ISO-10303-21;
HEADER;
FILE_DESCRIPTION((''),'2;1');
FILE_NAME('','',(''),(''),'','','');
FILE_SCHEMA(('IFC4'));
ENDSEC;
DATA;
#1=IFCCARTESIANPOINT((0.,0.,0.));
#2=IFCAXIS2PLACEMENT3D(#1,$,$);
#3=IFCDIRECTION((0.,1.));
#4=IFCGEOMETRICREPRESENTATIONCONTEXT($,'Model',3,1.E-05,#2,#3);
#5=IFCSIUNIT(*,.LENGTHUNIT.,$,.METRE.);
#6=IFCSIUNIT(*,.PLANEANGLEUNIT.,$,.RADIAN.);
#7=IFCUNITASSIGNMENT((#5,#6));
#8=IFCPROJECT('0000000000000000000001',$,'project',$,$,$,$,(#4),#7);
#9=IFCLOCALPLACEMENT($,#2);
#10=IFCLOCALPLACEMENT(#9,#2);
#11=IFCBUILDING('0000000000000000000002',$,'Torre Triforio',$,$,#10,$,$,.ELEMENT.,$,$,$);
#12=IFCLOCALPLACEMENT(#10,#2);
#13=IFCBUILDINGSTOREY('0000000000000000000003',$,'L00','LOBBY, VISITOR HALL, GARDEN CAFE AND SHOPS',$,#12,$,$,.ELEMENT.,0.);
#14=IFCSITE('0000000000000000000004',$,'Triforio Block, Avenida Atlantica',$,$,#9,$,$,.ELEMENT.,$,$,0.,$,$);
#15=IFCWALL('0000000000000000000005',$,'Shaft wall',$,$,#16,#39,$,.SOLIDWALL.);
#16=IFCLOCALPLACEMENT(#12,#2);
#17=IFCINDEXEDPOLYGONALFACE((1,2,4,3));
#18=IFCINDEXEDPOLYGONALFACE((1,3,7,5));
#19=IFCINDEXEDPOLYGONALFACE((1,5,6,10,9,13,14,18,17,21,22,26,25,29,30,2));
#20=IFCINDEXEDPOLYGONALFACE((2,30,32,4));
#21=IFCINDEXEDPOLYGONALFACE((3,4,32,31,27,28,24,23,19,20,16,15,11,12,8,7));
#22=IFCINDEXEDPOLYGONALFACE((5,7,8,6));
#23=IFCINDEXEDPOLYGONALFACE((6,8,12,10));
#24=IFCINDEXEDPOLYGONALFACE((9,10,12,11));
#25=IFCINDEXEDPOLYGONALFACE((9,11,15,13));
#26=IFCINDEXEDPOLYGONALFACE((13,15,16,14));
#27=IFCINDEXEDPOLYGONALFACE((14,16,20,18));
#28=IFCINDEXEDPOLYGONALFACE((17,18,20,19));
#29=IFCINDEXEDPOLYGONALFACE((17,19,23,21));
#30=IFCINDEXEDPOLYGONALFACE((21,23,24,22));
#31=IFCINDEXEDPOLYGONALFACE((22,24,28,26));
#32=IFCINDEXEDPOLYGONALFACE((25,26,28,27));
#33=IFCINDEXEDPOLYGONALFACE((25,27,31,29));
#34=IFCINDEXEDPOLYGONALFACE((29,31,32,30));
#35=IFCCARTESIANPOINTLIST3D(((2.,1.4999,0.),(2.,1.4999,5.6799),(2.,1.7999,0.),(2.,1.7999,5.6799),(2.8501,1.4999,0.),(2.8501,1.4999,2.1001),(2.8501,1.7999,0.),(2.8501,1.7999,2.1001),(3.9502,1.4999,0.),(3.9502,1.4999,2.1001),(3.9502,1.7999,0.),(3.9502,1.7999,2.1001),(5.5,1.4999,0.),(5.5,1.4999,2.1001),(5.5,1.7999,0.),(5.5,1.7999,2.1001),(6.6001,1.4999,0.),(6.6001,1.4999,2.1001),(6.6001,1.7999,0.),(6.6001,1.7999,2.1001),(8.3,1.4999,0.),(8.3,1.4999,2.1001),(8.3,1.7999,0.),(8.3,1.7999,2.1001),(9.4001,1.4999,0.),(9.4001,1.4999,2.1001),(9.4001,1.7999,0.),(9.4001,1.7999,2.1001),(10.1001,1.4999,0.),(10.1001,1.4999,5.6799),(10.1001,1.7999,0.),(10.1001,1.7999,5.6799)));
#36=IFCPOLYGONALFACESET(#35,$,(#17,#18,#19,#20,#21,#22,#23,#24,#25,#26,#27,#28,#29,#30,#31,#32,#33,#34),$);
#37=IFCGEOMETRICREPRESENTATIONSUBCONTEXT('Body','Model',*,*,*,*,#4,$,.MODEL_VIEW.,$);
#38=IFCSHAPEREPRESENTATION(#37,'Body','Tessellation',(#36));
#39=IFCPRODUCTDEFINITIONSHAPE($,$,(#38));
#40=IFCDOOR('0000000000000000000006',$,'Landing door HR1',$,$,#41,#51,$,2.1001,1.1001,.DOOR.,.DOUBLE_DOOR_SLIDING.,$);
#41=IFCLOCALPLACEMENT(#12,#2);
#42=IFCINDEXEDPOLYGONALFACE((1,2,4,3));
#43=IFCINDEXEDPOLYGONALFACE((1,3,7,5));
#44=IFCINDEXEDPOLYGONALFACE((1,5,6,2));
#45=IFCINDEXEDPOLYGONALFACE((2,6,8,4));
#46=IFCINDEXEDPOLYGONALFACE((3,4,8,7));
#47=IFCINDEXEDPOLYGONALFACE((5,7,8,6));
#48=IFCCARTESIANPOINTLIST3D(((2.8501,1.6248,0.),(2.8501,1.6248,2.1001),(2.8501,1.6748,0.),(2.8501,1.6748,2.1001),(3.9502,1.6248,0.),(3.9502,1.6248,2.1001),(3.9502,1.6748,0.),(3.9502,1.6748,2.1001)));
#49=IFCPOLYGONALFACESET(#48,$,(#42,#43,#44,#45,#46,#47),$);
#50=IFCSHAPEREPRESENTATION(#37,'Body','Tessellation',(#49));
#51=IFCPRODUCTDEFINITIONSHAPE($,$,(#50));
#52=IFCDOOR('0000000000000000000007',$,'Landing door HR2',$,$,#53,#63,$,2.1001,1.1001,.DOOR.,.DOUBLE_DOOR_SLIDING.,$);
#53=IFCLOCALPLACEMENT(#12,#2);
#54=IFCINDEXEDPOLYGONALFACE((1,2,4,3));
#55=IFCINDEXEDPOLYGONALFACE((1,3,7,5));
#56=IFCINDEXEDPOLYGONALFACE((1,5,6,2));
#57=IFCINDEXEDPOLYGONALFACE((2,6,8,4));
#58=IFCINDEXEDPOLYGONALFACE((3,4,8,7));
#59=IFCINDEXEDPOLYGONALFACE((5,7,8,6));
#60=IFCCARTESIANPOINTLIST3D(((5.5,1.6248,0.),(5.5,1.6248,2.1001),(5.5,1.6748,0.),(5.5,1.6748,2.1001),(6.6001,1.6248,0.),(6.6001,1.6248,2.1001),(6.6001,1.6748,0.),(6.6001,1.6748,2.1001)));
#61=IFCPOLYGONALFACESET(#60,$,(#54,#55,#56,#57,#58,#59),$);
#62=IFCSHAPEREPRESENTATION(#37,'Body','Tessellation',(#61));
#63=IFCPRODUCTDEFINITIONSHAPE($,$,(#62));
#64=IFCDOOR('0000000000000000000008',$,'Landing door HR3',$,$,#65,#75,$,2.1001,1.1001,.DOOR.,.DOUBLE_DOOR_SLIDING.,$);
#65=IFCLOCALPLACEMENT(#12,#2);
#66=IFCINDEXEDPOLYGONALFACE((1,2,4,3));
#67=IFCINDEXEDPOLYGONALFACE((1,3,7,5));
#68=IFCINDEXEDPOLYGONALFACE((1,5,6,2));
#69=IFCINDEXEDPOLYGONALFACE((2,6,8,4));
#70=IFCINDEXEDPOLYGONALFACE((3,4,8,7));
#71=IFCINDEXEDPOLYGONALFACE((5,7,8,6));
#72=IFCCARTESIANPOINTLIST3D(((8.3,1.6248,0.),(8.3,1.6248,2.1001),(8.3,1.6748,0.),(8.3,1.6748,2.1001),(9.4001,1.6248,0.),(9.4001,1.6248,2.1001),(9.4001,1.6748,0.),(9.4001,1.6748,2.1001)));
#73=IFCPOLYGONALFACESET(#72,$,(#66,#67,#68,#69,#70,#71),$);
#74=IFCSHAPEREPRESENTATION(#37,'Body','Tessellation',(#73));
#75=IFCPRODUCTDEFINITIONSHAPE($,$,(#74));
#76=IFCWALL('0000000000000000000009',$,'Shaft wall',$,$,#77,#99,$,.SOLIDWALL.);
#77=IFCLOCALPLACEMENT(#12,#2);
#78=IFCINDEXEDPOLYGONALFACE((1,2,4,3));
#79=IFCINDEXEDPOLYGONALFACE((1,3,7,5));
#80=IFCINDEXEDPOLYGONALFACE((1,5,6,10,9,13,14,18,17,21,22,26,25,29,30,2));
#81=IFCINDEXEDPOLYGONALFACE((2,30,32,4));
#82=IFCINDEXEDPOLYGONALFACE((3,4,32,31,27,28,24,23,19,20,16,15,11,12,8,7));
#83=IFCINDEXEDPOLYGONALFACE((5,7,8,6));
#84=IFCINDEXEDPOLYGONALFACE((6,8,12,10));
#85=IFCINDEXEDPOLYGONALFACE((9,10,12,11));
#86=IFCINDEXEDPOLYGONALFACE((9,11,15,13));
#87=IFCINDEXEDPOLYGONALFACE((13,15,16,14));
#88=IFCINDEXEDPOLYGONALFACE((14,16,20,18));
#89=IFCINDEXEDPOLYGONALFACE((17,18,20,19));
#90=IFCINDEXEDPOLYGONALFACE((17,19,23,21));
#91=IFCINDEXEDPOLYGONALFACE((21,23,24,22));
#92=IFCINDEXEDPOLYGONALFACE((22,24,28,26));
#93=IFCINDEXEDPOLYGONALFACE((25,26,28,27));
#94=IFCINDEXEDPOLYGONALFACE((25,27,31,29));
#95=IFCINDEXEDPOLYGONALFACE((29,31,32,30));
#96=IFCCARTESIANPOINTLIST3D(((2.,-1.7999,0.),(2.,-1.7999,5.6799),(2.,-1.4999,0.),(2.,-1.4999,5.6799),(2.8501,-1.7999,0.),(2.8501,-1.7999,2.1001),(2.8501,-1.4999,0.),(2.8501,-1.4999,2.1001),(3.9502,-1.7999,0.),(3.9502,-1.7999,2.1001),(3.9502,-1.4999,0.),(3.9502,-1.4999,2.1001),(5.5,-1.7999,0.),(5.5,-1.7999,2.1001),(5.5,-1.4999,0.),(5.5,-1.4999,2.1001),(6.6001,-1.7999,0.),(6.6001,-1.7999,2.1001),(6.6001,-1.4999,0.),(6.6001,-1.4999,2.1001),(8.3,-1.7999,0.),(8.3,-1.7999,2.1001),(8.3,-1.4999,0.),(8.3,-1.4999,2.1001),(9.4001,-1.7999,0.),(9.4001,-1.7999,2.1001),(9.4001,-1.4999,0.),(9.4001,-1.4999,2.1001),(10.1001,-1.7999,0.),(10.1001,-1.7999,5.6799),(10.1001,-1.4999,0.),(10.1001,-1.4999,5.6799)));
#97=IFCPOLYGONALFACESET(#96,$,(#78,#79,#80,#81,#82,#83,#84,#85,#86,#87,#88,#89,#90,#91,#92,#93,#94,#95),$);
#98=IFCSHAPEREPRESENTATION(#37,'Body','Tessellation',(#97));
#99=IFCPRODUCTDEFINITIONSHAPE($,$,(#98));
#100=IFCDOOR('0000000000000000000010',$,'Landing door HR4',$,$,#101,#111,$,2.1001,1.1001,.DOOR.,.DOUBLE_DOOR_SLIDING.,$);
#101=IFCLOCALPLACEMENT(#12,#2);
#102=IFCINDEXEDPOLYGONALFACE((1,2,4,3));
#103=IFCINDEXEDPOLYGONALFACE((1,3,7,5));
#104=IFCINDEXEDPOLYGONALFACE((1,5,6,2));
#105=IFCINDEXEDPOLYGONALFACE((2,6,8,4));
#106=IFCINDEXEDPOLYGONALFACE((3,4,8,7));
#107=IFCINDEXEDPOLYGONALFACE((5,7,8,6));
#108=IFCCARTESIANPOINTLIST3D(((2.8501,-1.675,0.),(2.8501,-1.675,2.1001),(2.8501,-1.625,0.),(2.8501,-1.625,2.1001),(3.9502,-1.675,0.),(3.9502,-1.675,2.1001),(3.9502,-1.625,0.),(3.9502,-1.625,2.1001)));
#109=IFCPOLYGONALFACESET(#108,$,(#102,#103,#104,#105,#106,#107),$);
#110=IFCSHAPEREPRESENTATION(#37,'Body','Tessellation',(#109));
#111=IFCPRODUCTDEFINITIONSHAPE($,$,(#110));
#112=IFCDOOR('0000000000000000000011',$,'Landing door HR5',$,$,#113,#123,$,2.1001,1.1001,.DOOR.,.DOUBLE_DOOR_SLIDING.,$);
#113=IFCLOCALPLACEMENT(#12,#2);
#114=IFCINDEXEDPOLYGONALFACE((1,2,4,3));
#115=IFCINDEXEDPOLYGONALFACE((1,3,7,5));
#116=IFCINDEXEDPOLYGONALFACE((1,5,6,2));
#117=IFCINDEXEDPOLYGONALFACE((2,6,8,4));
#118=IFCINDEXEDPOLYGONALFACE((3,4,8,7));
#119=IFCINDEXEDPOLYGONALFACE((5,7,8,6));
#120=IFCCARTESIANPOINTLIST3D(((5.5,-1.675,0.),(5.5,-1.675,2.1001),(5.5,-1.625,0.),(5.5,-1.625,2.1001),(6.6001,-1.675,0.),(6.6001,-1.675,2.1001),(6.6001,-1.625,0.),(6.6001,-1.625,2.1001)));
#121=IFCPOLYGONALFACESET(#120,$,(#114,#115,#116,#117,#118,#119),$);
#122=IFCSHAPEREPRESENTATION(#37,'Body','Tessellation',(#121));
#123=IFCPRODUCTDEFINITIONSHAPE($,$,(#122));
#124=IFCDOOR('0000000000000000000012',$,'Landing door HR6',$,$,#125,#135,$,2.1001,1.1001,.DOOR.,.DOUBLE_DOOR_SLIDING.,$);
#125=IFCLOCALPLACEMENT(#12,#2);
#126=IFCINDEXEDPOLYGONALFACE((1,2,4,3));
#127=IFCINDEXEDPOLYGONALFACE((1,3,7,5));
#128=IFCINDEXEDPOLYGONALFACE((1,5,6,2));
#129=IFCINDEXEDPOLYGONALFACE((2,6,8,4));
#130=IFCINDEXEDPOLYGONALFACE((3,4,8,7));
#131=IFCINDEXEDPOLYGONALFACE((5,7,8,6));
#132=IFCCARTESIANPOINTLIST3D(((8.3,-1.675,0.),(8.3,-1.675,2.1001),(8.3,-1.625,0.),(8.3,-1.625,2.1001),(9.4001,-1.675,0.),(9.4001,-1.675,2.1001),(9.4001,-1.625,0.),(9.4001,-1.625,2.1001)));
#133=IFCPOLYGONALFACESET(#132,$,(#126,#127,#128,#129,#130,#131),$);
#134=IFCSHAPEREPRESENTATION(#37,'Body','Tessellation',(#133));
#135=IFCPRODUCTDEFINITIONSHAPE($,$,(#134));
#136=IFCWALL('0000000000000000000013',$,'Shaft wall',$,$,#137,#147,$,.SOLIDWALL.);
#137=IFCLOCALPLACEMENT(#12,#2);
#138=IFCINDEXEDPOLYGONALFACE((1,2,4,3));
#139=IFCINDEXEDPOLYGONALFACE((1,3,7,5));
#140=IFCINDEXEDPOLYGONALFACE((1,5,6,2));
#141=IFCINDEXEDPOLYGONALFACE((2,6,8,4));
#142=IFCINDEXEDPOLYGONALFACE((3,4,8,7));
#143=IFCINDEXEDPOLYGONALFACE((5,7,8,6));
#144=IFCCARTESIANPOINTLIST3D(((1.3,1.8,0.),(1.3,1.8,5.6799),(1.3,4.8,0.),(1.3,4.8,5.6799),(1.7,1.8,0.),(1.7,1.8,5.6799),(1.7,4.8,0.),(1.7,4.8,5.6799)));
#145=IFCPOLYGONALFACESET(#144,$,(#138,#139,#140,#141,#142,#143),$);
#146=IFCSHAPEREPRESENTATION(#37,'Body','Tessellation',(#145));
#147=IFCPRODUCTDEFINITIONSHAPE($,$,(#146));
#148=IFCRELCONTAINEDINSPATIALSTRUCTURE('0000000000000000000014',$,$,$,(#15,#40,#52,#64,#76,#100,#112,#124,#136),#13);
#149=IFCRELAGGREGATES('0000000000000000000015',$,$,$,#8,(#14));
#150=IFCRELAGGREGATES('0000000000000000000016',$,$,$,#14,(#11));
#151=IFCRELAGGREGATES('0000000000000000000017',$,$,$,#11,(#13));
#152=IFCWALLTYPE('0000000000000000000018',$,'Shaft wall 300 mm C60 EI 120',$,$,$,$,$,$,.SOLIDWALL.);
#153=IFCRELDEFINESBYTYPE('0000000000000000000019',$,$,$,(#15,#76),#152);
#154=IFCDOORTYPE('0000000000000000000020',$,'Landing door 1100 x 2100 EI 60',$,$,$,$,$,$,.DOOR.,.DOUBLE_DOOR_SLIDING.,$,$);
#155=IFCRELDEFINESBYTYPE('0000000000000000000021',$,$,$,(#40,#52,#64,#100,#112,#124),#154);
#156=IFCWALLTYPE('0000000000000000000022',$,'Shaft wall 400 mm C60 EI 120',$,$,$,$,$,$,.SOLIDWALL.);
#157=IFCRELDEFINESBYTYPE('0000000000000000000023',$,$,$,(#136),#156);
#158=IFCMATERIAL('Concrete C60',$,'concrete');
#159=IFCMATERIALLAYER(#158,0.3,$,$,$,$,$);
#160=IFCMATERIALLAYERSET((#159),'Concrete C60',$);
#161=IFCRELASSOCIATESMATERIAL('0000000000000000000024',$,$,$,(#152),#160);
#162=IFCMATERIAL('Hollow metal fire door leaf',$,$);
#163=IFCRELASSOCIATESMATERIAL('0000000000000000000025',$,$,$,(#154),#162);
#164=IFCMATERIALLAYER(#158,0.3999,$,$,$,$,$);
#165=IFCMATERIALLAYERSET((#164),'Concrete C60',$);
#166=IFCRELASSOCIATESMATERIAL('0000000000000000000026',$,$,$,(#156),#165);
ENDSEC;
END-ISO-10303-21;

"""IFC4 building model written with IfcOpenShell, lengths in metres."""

from ifc_helpers import new_model, si_unit, direction, frame, frame_2d, origin, place, context, subcontext, project, spatial, rectangle, extrude, material, layer, layer_set, type_object, element, fill, save


model = new_model("IFC4")

# Units and contexts
model_context = context("Model", 3, precision=1e-05, world=origin(), true_north=direction((0.0, 1.0)))
body_context = subcontext(model_context, "Body", "Model", "MODEL_VIEW")
ifc_project = project(units=[si_unit("LENGTHUNIT", "METRE"), si_unit("PLANEANGLEUNIT", "RADIAN")], contexts=[model_context])

# Site, building, storey
site_placement = place(None, origin())
site = spatial("IfcSite", under=ifc_project, at=site_placement, Name="Triforio Block, Avenida Atlantica", CompositionType="ELEMENT", RefElevation=0.0)
building_placement = place(site_placement, origin())
building = spatial("IfcBuilding", under=site, at=building_placement, Name="Torre Triforio", CompositionType="ELEMENT")
storey_placement = place(building_placement, origin())
storey = spatial("IfcBuildingStorey", under=building, at=storey_placement, Name="L00", Description="LOBBY, VISITOR HALL, GARDEN CAFE AND SHOPS", CompositionType="ELEMENT", Elevation=0.0)

# Shared definitions
ifc_material_1 = material(Name="Concrete C60", Category="concrete")

# Walls, openings, doors
ifc_layer_1 = layer(ifc_material_1, 0.3)
ifc_layer_set_1 = layer_set([ifc_layer_1], Name="Concrete C60")
wall_type_1 = type_object("IfcWallType", Name="Shaft wall 300 mm C60 EI 120", PredefinedType="SOLIDWALL", material=ifc_layer_set_1)
wall_1_placement = place(storey_placement, frame((2.0, 1.6499, 0.0), z_axis=(0.0, 0.0, 1.0), x_axis=(1.0, 0.0, 0.0)))
wall_1 = element("IfcWall", 1, at=wall_1_placement, inside=storey, type_object=wall_type_1, Name="Shaft wall", PredefinedType="SOLIDWALL", context=body_context, shape_type="SweptSolid", body=[
    extrude(rectangle(XDim=8.1001, YDim=0.3, at=frame_2d((4.05, 0.0))), origin(), (0.0, 0.0, 1.0), 5.6799),
])
opening_1_placement = place(wall_1_placement, frame((0.8501, 0.0, 0.0)))
opening_1 = element("IfcOpeningElement", 2, at=opening_1_placement, cuts=wall_1, PredefinedType="OPENING", context=body_context, shape_type="SweptSolid", body=[
    extrude(rectangle(XDim=1.1001, YDim=2.1001, at=frame_2d((0.55, 1.05))), frame((0.0, 0.1599, 0.0), z_axis=(0.0, -1.0, 0.0), x_axis=(1.0, 0.0, 0.0)), (0.0, 0.0, 1.0), 0.3201),
])
opening_2_placement = place(wall_1_placement, frame((3.5, 0.0, 0.0)))
opening_2 = element("IfcOpeningElement", 3, at=opening_2_placement, cuts=wall_1, PredefinedType="OPENING", context=body_context, shape_type="SweptSolid", body=[
    extrude(rectangle(XDim=1.1001, YDim=2.1001, at=frame_2d((0.55, 1.05))), frame((0.0, 0.1599, 0.0), z_axis=(0.0, -1.0, 0.0), x_axis=(1.0, 0.0, 0.0)), (0.0, 0.0, 1.0), 0.3201),
])
opening_3_placement = place(wall_1_placement, frame((6.3, 0.0, 0.0)))
opening_3 = element("IfcOpeningElement", 4, at=opening_3_placement, cuts=wall_1, PredefinedType="OPENING", context=body_context, shape_type="SweptSolid", body=[
    extrude(rectangle(XDim=1.1001, YDim=2.1001, at=frame_2d((0.55, 1.05))), frame((0.0, 0.1599, 0.0), z_axis=(0.0, -1.0, 0.0), x_axis=(1.0, 0.0, 0.0)), (0.0, 0.0, 1.0), 0.3201),
])
ifc_material_2 = material(Name="Hollow metal fire door leaf")
door_type = type_object("IfcDoorType", Name="Landing door 1100 x 2100 EI 60", OperationType="DOUBLE_DOOR_SLIDING", PredefinedType="DOOR", material=ifc_material_2)
door_1_placement = place(opening_1_placement, origin())
door_1 = element("IfcDoor", 5, at=door_1_placement, inside=storey, type_object=door_type, Name="Landing door HR1", OperationType="DOUBLE_DOOR_SLIDING", OverallHeight=2.1001, OverallWidth=1.1001, PredefinedType="DOOR", context=body_context, shape_type="SweptSolid", body=[
    extrude(rectangle(XDim=1.1001, YDim=2.1001, at=frame_2d((0.55, 1.05))), frame((0.0, 0.0249, 0.0), z_axis=(0.0, -1.0, 0.0), x_axis=(1.0, 0.0, 0.0)), (0.0, 0.0, 1.0), 0.05),
])
fill(opening_1, door_1)
door_2_placement = place(opening_2_placement, origin())
door_2 = element("IfcDoor", 6, at=door_2_placement, inside=storey, type_object=door_type, Name="Landing door HR2", OperationType="DOUBLE_DOOR_SLIDING", OverallHeight=2.1001, OverallWidth=1.1001, PredefinedType="DOOR", context=body_context, shape_type="SweptSolid", body=[
    extrude(rectangle(XDim=1.1001, YDim=2.1001, at=frame_2d((0.55, 1.05))), frame((0.0, 0.0249, 0.0), z_axis=(0.0, -1.0, 0.0), x_axis=(1.0, 0.0, 0.0)), (0.0, 0.0, 1.0), 0.05),
])
fill(opening_2, door_2)
door_3_placement = place(opening_3_placement, origin())
door_3 = element("IfcDoor", 7, at=door_3_placement, inside=storey, type_object=door_type, Name="Landing door HR3", OperationType="DOUBLE_DOOR_SLIDING", OverallHeight=2.1001, OverallWidth=1.1001, PredefinedType="DOOR", context=body_context, shape_type="SweptSolid", body=[
    extrude(rectangle(XDim=1.1001, YDim=2.1001, at=frame_2d((0.55, 1.05))), frame((0.0, 0.0249, 0.0), z_axis=(0.0, -1.0, 0.0), x_axis=(1.0, 0.0, 0.0)), (0.0, 0.0, 1.0), 0.05),
])
fill(opening_3, door_3)
wall_2_placement = place(storey_placement, frame((2.0, -1.6499, 0.0), z_axis=(0.0, 0.0, 1.0), x_axis=(1.0, 0.0, 0.0)))
wall_2 = element("IfcWall", 8, at=wall_2_placement, inside=storey, type_object=wall_type_1, Name="Shaft wall", PredefinedType="SOLIDWALL", context=body_context, shape_type="SweptSolid", body=[
    extrude(rectangle(XDim=8.1001, YDim=0.3, at=frame_2d((4.05, 0.0))), origin(), (0.0, 0.0, 1.0), 5.6799),
])
opening_4_placement = place(wall_2_placement, frame((0.8501, 0.0, 0.0)))
opening_4 = element("IfcOpeningElement", 9, at=opening_4_placement, cuts=wall_2, PredefinedType="OPENING", context=body_context, shape_type="SweptSolid", body=[
    extrude(rectangle(XDim=1.1001, YDim=2.1001, at=frame_2d((0.55, 1.05))), frame((0.0, 0.1599, 0.0), z_axis=(0.0, -1.0, 0.0), x_axis=(1.0, 0.0, 0.0)), (0.0, 0.0, 1.0), 0.3201),
])
opening_5_placement = place(wall_2_placement, frame((3.5, 0.0, 0.0)))
opening_5 = element("IfcOpeningElement", 10, at=opening_5_placement, cuts=wall_2, PredefinedType="OPENING", context=body_context, shape_type="SweptSolid", body=[
    extrude(rectangle(XDim=1.1001, YDim=2.1001, at=frame_2d((0.55, 1.05))), frame((0.0, 0.1599, 0.0), z_axis=(0.0, -1.0, 0.0), x_axis=(1.0, 0.0, 0.0)), (0.0, 0.0, 1.0), 0.3201),
])
opening_6_placement = place(wall_2_placement, frame((6.3, 0.0, 0.0)))
opening_6 = element("IfcOpeningElement", 11, at=opening_6_placement, cuts=wall_2, PredefinedType="OPENING", context=body_context, shape_type="SweptSolid", body=[
    extrude(rectangle(XDim=1.1001, YDim=2.1001, at=frame_2d((0.55, 1.05))), frame((0.0, 0.1599, 0.0), z_axis=(0.0, -1.0, 0.0), x_axis=(1.0, 0.0, 0.0)), (0.0, 0.0, 1.0), 0.3201),
])
door_4_placement = place(opening_4_placement, origin())
door_4 = element("IfcDoor", 12, at=door_4_placement, inside=storey, type_object=door_type, Name="Landing door HR4", OperationType="DOUBLE_DOOR_SLIDING", OverallHeight=2.1001, OverallWidth=1.1001, PredefinedType="DOOR", context=body_context, shape_type="SweptSolid", body=[
    extrude(rectangle(XDim=1.1001, YDim=2.1001, at=frame_2d((0.55, 1.05))), frame((0.0, 0.0249, 0.0), z_axis=(0.0, -1.0, 0.0), x_axis=(1.0, 0.0, 0.0)), (0.0, 0.0, 1.0), 0.05),
])
fill(opening_4, door_4)
door_5_placement = place(opening_5_placement, origin())
door_5 = element("IfcDoor", 13, at=door_5_placement, inside=storey, type_object=door_type, Name="Landing door HR5", OperationType="DOUBLE_DOOR_SLIDING", OverallHeight=2.1001, OverallWidth=1.1001, PredefinedType="DOOR", context=body_context, shape_type="SweptSolid", body=[
    extrude(rectangle(XDim=1.1001, YDim=2.1001, at=frame_2d((0.55, 1.05))), frame((0.0, 0.0249, 0.0), z_axis=(0.0, -1.0, 0.0), x_axis=(1.0, 0.0, 0.0)), (0.0, 0.0, 1.0), 0.05),
])
fill(opening_5, door_5)
door_6_placement = place(opening_6_placement, origin())
door_6 = element("IfcDoor", 14, at=door_6_placement, inside=storey, type_object=door_type, Name="Landing door HR6", OperationType="DOUBLE_DOOR_SLIDING", OverallHeight=2.1001, OverallWidth=1.1001, PredefinedType="DOOR", context=body_context, shape_type="SweptSolid", body=[
    extrude(rectangle(XDim=1.1001, YDim=2.1001, at=frame_2d((0.55, 1.05))), frame((0.0, 0.0249, 0.0), z_axis=(0.0, -1.0, 0.0), x_axis=(1.0, 0.0, 0.0)), (0.0, 0.0, 1.0), 0.05),
])
fill(opening_6, door_6)

# Wall
ifc_layer_2 = layer(ifc_material_1, 0.3999)
ifc_layer_set_2 = layer_set([ifc_layer_2], Name="Concrete C60")
wall_type_2 = type_object("IfcWallType", Name="Shaft wall 400 mm C60 EI 120", PredefinedType="SOLIDWALL", material=ifc_layer_set_2)
wall_3_placement = place(storey_placement, frame((1.5, 1.8, 0.0), z_axis=(0.0, 0.0, 1.0), x_axis=(0.0, 1.0, 0.0)))
element("IfcWall", 15, at=wall_3_placement, inside=storey, type_object=wall_type_2, Name="Shaft wall", PredefinedType="SOLIDWALL", context=body_context, shape_type="SweptSolid", body=[
    extrude(rectangle(XDim=3.0, YDim=0.3999, at=frame_2d((1.5, 0.0))), origin(), (0.0, 0.0, 1.0), 5.6799),
])

save(model, "model.ifc")
